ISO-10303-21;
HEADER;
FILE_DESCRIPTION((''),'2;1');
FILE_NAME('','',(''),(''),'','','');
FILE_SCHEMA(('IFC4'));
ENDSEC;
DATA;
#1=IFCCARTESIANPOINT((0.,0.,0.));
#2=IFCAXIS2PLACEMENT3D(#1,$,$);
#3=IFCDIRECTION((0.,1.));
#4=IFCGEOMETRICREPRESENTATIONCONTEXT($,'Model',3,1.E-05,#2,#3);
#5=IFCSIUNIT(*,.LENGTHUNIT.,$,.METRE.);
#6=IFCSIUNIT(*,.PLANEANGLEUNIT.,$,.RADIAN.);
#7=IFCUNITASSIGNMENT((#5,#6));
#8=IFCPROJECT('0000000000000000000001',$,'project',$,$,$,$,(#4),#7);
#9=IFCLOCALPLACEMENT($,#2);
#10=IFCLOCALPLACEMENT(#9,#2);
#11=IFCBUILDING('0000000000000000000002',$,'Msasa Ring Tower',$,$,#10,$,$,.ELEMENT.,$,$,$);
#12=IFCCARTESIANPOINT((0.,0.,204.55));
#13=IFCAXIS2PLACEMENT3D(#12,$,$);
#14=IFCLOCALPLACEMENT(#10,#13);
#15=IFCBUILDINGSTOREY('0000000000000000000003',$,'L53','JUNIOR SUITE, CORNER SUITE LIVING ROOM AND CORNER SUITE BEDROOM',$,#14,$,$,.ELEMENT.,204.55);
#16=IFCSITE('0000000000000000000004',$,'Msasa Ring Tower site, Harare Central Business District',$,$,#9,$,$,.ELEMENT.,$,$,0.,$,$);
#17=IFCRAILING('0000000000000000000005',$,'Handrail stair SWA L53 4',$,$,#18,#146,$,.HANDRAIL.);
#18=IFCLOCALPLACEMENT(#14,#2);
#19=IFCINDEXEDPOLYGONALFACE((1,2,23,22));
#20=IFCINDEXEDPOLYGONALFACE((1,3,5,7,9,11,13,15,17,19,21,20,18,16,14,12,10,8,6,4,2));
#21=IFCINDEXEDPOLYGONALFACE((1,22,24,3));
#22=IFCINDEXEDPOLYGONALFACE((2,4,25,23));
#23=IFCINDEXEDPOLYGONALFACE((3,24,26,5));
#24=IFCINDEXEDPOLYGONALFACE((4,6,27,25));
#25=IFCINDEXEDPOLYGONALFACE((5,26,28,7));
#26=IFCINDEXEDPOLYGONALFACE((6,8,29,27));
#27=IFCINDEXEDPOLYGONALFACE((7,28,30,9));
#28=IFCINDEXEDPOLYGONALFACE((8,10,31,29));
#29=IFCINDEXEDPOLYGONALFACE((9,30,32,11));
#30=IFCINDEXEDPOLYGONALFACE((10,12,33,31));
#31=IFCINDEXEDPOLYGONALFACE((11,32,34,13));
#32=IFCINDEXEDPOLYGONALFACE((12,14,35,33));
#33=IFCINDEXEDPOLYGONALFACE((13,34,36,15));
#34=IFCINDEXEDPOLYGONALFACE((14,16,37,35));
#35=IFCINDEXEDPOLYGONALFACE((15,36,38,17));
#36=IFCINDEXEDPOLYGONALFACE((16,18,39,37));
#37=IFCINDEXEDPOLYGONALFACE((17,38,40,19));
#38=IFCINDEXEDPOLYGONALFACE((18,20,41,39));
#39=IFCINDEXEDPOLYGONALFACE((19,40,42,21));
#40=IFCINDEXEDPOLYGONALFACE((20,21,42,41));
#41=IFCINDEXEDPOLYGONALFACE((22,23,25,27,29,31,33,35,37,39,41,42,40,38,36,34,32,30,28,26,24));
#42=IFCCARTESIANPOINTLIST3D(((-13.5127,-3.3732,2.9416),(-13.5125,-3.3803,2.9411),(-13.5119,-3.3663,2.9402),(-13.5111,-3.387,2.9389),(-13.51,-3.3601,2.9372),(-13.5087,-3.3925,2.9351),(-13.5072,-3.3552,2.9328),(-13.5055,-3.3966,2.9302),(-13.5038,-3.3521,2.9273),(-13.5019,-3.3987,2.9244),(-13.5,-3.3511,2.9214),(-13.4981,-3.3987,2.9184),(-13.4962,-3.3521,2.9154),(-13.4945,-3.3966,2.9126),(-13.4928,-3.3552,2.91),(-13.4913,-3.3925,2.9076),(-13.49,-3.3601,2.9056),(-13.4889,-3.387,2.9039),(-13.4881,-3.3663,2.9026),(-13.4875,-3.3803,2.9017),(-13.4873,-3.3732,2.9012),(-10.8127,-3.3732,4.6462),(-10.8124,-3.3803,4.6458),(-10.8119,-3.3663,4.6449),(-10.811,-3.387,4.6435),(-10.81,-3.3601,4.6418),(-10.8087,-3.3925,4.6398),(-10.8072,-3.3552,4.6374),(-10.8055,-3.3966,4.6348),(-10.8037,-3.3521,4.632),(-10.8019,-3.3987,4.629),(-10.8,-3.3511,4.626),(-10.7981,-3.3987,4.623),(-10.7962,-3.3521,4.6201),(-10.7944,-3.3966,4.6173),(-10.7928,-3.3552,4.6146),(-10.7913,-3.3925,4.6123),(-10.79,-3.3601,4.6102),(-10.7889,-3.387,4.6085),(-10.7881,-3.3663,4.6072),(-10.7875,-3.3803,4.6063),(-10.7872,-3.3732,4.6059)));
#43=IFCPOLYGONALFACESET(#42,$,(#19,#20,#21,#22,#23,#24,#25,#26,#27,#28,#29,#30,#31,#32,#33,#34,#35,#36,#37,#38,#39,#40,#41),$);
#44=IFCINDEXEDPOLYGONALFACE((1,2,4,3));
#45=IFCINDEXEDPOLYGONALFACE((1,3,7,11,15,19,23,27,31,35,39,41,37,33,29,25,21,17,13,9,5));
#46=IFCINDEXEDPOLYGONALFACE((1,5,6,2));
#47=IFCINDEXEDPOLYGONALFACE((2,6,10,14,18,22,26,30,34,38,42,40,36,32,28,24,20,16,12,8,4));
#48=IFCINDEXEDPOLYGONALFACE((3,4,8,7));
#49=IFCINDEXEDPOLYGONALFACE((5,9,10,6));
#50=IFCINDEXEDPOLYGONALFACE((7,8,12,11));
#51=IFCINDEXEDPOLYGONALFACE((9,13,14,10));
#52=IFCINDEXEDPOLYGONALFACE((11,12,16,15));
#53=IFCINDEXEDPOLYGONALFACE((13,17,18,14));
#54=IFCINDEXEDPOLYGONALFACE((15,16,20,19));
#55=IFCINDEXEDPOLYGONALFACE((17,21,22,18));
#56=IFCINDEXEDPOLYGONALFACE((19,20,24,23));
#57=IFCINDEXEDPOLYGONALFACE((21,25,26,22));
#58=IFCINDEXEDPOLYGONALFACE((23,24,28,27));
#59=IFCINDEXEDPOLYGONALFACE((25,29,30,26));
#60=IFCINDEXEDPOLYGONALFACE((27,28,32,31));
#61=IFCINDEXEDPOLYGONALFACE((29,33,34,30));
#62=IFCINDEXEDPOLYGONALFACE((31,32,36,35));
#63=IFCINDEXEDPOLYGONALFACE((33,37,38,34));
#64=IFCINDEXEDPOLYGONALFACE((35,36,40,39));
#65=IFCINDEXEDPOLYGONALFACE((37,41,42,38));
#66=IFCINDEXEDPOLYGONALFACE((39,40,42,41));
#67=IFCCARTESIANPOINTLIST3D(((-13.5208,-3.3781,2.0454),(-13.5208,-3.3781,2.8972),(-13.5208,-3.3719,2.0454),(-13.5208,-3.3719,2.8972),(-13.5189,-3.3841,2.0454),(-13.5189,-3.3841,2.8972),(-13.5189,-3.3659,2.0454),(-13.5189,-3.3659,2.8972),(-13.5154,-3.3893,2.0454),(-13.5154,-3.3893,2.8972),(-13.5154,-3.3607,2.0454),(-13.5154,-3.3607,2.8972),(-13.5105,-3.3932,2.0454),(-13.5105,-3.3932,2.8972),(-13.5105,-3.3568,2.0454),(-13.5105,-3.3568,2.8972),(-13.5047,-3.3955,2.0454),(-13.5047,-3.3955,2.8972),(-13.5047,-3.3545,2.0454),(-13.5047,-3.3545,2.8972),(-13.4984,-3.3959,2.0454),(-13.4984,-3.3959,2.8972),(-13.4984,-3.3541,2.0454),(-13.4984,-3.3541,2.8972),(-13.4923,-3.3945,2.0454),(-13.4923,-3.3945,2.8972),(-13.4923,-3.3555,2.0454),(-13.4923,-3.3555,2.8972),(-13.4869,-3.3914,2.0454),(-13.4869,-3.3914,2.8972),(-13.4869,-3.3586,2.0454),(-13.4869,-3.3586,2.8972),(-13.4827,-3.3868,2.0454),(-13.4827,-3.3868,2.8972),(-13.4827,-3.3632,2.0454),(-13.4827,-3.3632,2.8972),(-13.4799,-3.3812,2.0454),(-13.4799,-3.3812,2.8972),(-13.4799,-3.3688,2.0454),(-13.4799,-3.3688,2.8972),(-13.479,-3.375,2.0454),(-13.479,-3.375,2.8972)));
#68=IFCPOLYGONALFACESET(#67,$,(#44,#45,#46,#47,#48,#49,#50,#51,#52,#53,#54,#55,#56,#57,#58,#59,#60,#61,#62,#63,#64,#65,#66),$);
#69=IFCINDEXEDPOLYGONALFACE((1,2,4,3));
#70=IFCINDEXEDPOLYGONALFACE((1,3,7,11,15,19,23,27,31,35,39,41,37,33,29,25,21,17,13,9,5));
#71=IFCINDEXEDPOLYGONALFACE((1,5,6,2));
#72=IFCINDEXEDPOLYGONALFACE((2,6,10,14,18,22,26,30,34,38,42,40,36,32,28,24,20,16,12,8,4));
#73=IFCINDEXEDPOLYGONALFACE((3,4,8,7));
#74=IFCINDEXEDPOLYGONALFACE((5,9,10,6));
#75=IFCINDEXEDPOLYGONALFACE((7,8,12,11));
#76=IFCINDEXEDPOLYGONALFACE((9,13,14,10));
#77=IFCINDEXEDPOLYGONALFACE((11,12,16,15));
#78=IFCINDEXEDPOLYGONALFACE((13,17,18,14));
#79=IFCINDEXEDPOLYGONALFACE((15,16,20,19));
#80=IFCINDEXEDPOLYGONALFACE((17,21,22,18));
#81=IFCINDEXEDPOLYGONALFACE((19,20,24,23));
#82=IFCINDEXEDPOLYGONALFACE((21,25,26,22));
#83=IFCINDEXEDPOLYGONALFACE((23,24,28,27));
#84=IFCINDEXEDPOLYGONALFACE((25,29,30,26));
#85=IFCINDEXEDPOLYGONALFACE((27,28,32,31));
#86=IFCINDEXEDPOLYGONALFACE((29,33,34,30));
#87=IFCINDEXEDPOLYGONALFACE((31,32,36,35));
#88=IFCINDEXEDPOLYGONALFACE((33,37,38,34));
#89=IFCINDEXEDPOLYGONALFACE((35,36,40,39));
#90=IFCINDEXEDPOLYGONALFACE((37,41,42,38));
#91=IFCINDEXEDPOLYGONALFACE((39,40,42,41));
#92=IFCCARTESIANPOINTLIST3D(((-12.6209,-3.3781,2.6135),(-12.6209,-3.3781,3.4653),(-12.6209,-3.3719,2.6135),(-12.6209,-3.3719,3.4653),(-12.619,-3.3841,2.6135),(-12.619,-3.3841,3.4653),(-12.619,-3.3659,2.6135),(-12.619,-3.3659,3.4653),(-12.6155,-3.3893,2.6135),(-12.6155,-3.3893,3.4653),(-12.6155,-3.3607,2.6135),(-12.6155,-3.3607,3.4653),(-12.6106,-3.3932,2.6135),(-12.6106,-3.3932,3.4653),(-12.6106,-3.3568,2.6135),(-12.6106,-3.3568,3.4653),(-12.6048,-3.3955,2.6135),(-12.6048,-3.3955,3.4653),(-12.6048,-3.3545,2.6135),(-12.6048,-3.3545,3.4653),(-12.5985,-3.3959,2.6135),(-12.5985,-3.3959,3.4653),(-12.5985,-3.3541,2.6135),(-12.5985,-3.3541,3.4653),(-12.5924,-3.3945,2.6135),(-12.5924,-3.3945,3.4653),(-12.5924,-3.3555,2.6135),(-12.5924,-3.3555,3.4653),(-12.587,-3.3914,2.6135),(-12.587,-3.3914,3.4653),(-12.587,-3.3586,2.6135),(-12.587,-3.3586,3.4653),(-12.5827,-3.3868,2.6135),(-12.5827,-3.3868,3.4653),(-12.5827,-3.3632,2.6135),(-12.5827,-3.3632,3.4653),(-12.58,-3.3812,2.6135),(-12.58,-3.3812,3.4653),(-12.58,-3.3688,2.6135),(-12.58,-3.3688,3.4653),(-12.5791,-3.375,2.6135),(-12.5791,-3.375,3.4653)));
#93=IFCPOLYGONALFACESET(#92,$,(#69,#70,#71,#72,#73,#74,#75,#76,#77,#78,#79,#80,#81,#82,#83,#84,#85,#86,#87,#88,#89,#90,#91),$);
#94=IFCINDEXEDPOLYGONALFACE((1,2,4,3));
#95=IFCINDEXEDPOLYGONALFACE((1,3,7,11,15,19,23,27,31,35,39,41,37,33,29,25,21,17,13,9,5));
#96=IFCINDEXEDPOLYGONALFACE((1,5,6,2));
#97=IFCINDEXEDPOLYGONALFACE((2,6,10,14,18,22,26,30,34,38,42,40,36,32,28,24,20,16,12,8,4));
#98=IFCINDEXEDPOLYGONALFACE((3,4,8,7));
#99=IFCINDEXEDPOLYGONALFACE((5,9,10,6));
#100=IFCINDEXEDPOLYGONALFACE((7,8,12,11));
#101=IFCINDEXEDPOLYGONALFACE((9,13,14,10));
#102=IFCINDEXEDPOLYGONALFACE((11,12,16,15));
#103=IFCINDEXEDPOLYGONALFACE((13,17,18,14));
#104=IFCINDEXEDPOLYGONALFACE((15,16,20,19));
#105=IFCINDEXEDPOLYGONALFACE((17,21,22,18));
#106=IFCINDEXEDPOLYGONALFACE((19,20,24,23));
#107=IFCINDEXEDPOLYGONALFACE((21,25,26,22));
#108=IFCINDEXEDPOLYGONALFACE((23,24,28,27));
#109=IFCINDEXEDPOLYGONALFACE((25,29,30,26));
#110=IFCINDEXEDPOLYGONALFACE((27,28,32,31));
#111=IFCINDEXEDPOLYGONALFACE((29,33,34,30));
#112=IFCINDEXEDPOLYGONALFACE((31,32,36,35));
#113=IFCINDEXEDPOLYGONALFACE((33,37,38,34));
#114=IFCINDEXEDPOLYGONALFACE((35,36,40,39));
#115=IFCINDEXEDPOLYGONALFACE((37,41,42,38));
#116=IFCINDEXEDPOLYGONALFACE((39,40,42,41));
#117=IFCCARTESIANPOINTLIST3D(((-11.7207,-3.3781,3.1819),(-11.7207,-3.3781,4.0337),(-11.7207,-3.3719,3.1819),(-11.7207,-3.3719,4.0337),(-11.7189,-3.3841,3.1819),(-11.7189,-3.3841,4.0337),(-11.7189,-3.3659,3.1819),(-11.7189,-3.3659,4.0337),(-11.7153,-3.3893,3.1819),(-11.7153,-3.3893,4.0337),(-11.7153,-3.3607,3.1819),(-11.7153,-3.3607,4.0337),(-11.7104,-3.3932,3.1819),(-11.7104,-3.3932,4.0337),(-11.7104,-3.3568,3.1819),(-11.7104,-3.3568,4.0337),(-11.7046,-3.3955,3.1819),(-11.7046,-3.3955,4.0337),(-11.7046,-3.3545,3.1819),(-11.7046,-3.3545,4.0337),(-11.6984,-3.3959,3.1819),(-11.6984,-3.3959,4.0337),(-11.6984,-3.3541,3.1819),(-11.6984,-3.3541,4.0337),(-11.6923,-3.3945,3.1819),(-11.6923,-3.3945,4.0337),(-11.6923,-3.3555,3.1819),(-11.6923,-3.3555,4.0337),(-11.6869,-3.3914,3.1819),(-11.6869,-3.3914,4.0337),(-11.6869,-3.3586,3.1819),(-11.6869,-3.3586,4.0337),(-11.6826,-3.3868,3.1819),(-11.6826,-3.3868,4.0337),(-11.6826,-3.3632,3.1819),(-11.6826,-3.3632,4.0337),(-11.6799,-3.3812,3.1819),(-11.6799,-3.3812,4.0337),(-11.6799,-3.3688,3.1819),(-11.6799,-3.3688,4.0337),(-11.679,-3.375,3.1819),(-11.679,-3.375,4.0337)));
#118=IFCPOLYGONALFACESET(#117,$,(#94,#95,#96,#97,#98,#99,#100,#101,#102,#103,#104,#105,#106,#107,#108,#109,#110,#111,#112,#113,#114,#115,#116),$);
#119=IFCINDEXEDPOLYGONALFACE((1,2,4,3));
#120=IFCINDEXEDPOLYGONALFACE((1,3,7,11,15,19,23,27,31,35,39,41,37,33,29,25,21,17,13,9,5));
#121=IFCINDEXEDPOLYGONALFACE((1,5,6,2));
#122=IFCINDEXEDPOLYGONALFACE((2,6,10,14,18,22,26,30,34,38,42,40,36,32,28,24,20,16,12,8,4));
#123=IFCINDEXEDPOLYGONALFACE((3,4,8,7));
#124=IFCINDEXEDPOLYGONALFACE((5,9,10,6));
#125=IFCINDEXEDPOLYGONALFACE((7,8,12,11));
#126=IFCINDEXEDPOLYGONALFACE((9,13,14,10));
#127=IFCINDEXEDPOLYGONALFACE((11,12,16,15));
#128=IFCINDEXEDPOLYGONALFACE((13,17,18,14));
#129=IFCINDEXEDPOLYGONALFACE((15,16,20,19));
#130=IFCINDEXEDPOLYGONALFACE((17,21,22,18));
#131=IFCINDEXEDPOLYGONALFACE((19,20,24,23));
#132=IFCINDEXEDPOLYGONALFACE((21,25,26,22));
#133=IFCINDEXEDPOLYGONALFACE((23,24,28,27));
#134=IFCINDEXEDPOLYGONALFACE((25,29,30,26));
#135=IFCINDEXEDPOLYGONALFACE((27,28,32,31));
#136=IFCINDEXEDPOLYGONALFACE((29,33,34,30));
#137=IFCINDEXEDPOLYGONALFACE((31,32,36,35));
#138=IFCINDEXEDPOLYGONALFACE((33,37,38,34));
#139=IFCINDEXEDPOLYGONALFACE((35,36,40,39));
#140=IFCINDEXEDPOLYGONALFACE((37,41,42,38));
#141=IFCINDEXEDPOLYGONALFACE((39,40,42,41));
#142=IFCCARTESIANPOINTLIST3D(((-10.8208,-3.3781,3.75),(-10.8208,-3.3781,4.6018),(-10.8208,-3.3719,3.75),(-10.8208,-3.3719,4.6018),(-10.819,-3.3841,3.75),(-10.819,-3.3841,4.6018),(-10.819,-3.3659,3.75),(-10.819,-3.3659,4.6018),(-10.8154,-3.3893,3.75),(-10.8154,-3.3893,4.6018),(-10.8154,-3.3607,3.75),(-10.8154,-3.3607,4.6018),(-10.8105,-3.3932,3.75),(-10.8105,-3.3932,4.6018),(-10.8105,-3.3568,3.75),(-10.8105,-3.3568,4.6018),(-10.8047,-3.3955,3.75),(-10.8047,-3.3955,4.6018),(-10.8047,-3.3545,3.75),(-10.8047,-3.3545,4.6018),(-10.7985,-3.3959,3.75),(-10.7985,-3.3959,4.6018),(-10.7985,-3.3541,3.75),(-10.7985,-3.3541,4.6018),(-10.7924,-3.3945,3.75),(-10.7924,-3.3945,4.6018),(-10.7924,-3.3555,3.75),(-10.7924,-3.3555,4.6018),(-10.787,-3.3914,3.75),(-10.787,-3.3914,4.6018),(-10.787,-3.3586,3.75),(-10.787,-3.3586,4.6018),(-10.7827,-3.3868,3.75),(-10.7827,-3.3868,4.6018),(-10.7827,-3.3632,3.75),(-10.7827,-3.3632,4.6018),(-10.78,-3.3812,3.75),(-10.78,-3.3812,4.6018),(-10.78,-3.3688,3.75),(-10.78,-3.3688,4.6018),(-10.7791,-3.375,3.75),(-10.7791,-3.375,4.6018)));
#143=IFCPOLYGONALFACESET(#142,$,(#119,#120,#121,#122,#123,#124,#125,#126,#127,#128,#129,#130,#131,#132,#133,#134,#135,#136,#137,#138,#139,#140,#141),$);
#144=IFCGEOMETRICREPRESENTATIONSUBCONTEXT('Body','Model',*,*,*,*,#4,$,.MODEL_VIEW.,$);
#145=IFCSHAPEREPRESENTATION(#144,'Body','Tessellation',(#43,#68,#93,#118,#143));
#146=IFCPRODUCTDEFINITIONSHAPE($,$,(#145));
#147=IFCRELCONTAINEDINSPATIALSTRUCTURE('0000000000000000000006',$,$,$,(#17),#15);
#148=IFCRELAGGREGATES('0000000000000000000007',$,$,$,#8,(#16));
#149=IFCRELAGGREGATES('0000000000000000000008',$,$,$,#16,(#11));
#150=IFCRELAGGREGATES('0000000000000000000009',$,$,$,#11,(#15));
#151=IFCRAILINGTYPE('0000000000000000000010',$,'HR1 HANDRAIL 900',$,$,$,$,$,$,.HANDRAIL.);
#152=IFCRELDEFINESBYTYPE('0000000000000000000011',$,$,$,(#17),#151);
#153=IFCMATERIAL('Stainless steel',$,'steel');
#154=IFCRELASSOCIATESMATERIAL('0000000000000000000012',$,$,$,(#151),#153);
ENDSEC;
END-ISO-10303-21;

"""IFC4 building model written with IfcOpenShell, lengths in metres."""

from ifc_helpers import new_model, si_unit, direction, frame, origin, origin_2d, place, context, subcontext, project, spatial, circle, extrude, material, type_object, element, save


model = new_model("IFC4")

# Units and contexts
model_context = context("Model", 3, precision=1e-05, world=origin(), true_north=direction((0.0, 1.0)))
body_context = subcontext(model_context, "Body", "Model", "MODEL_VIEW")
ifc_project = project(units=[si_unit("LENGTHUNIT", "METRE"), si_unit("PLANEANGLEUNIT", "RADIAN")], contexts=[model_context])

# Site, building, storey
site_placement = place(None, origin())
site = spatial("IfcSite", under=ifc_project, at=site_placement, Name="Msasa Ring Tower site, Harare Central Business District", CompositionType="ELEMENT", RefElevation=0.0)
building_placement = place(site_placement, origin())
building = spatial("IfcBuilding", under=site, at=building_placement, Name="Msasa Ring Tower", CompositionType="ELEMENT")
storey_placement = place(building_placement, frame((0.0, 0.0, 204.55)))
storey = spatial("IfcBuildingStorey", under=building, at=storey_placement, Name="L53", Description="JUNIOR SUITE, CORNER SUITE LIVING ROOM AND CORNER SUITE BEDROOM", CompositionType="ELEMENT", Elevation=204.55)

# Railing
ifc_material_1 = material(Name="Stainless steel", Category="steel")
railing_type = type_object("IfcRailingType", Name="HR1 HANDRAIL 900", PredefinedType="HANDRAIL", material=ifc_material_1)
for number, where, name in (
    (1, (-13.5, -3.375, 2.0454), "Handrail stair SWA L53 4"),
):
    element("IfcRailing", number, at=place(storey_placement, frame(where)), inside=storey, type_object=railing_type, Name=name, PredefinedType="HANDRAIL", context=body_context, shape_type="SweptSolid", body=[
        extrude(circle(Radius=0.0239, at=origin_2d()), frame((0.0, 0.0, 0.876), z_axis=(0.84558, 0.0, 0.533849), x_axis=(0.0, 1.0, 0.0)), (0.0, 0.0, 1.0), 3.1931),
        extrude(circle(Radius=0.021, at=origin_2d()), origin(), (0.0, 0.0, 1.0), 0.8518),
        extrude(circle(Radius=0.021, at=origin_2d()), frame((0.8999, 0.0, 0.5681)), (0.0, 0.0, 1.0), 0.8518),
        extrude(circle(Radius=0.021, at=origin_2d()), frame((1.8, 0.0, 1.1365)), (0.0, 0.0, 1.0), 0.8518),
        extrude(circle(Radius=0.021, at=origin_2d()), frame((2.7, 0.0, 1.7046)), (0.0, 0.0, 1.0), 0.8518),
    ])

save(model, "model.ifc")
